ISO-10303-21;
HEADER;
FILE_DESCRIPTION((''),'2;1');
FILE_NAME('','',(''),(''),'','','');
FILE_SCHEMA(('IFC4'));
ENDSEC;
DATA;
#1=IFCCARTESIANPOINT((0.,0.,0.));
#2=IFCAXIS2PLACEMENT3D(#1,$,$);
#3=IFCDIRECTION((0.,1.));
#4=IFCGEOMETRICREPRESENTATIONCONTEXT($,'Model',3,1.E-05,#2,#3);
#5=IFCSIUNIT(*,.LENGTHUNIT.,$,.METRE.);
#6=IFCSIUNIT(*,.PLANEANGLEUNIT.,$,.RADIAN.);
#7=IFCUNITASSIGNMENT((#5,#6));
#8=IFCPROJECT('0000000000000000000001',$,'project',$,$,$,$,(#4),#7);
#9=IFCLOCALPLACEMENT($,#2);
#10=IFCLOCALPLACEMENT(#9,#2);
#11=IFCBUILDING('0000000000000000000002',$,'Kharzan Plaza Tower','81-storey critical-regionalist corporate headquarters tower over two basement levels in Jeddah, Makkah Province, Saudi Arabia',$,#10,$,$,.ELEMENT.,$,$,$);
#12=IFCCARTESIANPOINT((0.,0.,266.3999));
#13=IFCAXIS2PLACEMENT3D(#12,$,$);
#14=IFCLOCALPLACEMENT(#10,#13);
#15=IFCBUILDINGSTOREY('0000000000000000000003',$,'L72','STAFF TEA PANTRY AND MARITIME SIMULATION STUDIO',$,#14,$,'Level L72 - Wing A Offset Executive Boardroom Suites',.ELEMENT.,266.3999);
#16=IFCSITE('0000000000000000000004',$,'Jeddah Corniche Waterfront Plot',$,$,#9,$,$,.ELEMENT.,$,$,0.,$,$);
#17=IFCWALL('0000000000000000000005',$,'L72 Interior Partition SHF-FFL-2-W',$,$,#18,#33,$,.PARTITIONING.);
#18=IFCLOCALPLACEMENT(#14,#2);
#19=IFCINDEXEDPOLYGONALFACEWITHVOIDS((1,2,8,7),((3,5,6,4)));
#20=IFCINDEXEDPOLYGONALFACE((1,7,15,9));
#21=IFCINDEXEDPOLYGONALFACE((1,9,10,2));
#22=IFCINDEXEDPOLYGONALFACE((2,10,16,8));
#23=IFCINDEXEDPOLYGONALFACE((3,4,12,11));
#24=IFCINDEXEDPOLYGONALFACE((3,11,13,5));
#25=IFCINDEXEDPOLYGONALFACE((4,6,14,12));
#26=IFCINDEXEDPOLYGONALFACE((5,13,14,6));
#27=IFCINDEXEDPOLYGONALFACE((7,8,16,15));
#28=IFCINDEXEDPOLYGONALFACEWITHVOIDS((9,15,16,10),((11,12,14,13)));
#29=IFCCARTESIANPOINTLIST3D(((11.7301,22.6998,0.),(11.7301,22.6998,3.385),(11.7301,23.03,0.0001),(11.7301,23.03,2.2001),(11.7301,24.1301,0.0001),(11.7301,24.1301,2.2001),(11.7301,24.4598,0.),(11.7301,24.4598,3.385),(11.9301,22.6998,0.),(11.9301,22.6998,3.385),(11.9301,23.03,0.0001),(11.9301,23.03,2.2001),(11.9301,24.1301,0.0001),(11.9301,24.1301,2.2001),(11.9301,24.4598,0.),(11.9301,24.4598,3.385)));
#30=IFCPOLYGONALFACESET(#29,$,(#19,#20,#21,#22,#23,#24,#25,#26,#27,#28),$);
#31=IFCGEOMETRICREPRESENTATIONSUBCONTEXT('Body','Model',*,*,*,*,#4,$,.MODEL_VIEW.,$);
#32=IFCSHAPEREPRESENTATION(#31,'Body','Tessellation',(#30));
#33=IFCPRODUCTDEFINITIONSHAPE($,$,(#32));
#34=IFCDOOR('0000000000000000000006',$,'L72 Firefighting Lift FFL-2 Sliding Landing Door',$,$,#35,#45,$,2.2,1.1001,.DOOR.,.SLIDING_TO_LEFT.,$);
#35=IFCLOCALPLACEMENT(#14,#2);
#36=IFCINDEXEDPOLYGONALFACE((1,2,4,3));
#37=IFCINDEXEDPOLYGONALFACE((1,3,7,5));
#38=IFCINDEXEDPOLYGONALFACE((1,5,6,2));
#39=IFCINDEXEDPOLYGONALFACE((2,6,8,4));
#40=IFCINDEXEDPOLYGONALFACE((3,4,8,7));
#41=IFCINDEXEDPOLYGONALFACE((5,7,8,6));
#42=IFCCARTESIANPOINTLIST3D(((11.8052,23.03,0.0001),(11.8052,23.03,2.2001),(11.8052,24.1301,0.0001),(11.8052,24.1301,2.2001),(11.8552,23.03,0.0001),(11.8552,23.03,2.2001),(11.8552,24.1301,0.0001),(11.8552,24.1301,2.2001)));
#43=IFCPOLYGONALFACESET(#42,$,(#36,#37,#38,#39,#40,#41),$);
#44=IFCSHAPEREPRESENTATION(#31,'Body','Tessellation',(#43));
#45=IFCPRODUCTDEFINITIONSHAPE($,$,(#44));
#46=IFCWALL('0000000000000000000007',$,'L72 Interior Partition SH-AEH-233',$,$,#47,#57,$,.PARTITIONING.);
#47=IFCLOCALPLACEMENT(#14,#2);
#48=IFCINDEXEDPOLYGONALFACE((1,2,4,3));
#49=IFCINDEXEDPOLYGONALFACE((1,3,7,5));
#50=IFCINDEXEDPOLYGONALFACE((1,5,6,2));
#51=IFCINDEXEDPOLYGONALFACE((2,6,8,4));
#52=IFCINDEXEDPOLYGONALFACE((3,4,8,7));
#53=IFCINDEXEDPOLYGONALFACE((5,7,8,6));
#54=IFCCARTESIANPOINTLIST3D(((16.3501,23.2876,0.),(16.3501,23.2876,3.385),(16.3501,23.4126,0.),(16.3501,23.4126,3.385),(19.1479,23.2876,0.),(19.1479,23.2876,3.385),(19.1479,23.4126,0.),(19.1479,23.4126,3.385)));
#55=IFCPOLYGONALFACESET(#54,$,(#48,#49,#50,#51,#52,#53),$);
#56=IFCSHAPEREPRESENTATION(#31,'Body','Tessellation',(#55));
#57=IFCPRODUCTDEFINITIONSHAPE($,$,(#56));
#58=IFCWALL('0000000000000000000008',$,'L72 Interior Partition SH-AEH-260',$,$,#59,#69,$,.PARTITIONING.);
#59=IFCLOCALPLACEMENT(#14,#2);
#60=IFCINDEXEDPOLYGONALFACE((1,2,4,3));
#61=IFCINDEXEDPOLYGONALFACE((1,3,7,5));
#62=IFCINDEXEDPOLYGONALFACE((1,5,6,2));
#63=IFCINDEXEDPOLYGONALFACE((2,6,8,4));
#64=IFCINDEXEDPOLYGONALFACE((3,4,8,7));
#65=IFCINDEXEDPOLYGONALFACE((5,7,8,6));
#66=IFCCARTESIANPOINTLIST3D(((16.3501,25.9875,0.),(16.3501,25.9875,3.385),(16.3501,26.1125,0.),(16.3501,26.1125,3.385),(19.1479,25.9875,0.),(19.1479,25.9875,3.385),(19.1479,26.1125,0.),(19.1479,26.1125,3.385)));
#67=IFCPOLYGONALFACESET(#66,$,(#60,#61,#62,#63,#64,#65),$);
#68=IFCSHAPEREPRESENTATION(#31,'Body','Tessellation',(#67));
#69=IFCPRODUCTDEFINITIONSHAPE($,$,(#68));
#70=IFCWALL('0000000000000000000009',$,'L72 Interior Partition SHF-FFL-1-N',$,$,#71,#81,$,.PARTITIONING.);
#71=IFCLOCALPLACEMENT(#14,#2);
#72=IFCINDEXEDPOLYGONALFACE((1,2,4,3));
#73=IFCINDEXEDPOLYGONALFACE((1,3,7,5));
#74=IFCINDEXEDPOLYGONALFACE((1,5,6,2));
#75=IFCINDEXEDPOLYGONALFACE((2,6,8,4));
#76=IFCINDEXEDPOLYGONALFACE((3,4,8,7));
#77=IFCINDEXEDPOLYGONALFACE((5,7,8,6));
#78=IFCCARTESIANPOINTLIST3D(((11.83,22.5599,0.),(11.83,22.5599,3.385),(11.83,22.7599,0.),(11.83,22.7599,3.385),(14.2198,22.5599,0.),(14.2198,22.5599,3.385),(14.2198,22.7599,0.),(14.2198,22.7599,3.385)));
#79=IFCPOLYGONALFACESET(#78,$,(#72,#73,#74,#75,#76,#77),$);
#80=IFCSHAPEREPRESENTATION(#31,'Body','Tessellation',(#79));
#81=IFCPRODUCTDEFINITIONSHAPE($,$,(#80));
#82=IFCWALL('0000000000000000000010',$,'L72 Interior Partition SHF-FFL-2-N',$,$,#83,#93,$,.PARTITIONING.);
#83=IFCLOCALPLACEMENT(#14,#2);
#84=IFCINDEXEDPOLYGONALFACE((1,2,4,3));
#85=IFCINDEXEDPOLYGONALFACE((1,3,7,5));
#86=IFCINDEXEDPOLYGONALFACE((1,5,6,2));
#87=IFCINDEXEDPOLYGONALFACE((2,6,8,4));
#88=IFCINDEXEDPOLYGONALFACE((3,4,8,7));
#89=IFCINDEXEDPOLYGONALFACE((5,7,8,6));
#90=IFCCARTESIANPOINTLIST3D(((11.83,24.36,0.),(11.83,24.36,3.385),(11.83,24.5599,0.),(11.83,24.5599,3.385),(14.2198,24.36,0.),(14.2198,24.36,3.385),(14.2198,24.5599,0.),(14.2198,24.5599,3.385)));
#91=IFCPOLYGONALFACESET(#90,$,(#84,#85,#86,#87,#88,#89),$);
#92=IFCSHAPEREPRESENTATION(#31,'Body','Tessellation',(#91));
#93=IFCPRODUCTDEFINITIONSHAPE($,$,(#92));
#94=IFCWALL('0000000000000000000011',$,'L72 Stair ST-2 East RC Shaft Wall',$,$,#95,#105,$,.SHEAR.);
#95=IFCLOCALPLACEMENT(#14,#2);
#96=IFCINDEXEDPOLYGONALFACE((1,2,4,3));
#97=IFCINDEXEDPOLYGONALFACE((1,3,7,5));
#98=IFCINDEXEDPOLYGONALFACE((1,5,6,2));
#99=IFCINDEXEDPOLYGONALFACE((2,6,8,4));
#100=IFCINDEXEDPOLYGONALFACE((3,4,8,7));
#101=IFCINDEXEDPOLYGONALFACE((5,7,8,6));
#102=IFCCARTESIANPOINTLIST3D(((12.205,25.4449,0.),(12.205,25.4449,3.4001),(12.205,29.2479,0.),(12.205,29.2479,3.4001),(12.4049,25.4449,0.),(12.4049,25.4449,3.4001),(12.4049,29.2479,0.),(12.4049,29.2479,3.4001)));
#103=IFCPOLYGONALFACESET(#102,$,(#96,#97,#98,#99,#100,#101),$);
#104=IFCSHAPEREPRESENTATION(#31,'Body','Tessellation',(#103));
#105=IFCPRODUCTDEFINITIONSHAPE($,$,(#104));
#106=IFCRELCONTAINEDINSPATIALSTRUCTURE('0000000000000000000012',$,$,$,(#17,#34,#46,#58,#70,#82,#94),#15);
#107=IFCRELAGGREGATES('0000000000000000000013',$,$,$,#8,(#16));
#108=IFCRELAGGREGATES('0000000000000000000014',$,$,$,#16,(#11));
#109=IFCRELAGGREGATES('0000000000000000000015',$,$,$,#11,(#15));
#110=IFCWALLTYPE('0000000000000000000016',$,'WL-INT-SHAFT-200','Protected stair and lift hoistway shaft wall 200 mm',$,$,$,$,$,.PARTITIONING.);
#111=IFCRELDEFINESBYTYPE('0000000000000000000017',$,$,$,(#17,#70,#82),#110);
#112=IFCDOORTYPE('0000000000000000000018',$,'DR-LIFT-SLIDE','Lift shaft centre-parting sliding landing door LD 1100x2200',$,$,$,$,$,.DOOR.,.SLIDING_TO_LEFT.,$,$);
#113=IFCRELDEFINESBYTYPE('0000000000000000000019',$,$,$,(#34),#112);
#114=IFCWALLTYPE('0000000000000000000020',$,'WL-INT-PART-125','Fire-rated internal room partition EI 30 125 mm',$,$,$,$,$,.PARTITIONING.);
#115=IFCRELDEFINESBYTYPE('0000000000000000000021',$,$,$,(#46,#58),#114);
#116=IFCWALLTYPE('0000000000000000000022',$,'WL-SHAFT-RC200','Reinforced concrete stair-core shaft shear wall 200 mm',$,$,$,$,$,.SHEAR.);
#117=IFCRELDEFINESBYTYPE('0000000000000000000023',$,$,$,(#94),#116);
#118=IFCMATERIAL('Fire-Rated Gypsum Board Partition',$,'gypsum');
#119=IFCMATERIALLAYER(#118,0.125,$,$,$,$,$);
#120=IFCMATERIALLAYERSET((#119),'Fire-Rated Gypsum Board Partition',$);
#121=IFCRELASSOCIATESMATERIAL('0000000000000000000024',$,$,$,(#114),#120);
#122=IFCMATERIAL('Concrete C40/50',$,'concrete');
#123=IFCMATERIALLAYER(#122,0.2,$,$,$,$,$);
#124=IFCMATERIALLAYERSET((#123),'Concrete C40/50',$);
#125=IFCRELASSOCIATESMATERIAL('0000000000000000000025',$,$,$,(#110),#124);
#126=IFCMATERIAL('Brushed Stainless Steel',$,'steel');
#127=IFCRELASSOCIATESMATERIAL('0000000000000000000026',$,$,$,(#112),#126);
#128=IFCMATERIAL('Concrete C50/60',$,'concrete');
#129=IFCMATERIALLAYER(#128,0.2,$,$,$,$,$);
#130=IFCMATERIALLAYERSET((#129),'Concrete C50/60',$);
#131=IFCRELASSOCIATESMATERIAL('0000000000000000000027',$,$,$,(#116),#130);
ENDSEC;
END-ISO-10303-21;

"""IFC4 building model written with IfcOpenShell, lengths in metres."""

from ifc_helpers import new_model, si_unit, direction, frame, frame_2d, origin, place, context, subcontext, project, spatial, rectangle, extrude, source, transform, mapped, material, layer, layer_set, type_object, element, fill, save


model = new_model("IFC4")

# Units and contexts
model_context = context("Model", 3, precision=1e-05, world=origin(), true_north=direction((0.0, 1.0)))
body_context = subcontext(model_context, "Body", "Model", "MODEL_VIEW")
ifc_project = project(units=[si_unit("LENGTHUNIT", "METRE"), si_unit("PLANEANGLEUNIT", "RADIAN")], contexts=[model_context])

# Site, building, storey
site_placement = place(None, origin())
site = spatial("IfcSite", under=ifc_project, at=site_placement, Name="Jeddah Corniche Waterfront Plot", CompositionType="ELEMENT", RefElevation=0.0)
building_placement = place(site_placement, origin())
building = spatial("IfcBuilding", under=site, at=building_placement, Name="Kharzan Plaza Tower", Description="81-storey critical-regionalist corporate headquarters tower over two basement levels in Jeddah, Makkah Province, Saudi Arabia", CompositionType="ELEMENT")
storey_placement = place(building_placement, frame((0.0, 0.0, 266.3999)))
storey = spatial("IfcBuildingStorey", under=building, at=storey_placement, Name="L72", Description="STAFF TEA PANTRY AND MARITIME SIMULATION STUDIO", LongName="Level L72 - Wing A Offset Executive Boardroom Suites", CompositionType="ELEMENT", Elevation=266.3999)

# Shared definitions
ifc_material_1 = material(Name="Concrete C50/60", Category="concrete")

# Shared definitions
ifc_material_2 = material(Name="Concrete C40/50", Category="concrete")

# Wall, opening, door
ifc_material_3 = material(Name="Fire-Rated Gypsum Board Partition", Category="gypsum")
ifc_layer_1 = layer(ifc_material_3, 0.125)
ifc_layer_set_1 = layer_set([ifc_layer_1], Name="Fire-Rated Gypsum Board Partition")
wall_type_1 = type_object("IfcWallType", Name="WL-INT-PART-125", Description="Fire-rated internal room partition EI 30 125 mm", PredefinedType="PARTITIONING", material=ifc_layer_set_1)
ifc_layer_2 = layer(ifc_material_2, 0.2)
ifc_layer_set_2 = layer_set([ifc_layer_2], Name="Concrete C40/50")
wall_type_2 = type_object("IfcWallType", Name="WL-INT-SHAFT-200", Description="Protected stair and lift hoistway shaft wall 200 mm", PredefinedType="PARTITIONING", material=ifc_layer_set_2)
wall_1_placement = place(storey_placement, frame((11.8301, 22.7, 0.0), z_axis=(0.0, 0.0, 1.0), x_axis=(0.0, 1.0, 0.0)))
wall_1 = element("IfcWall", 1, at=wall_1_placement, inside=storey, type_object=wall_type_2, Name="L72 Interior Partition SHF-FFL-2-W", PredefinedType="PARTITIONING", context=body_context, shape_type="SweptSolid", body=[
    extrude(rectangle(XDim=1.76, YDim=0.2, at=frame_2d((0.8799, 0.0))), origin(), (0.0, 0.0, 1.0), 3.385),
])
opening_1_placement = place(wall_1_placement, frame((0.3301, 0.0, 0.0)))
opening_1 = element("IfcOpeningElement", 2, at=opening_1_placement, cuts=wall_1, PredefinedType="OPENING", context=body_context, shape_type="SweptSolid", body=[
    extrude(rectangle(XDim=1.1001, YDim=2.2, at=frame_2d((0.55, 1.1001))), frame((0.0, 0.1099, 0.0), z_axis=(0.0, -1.0, 0.0), x_axis=(1.0, 0.0, 0.0)), (0.0, 0.0, 1.0), 0.22),
])
ifc_material_4 = material(Name="Brushed Stainless Steel", Category="steel")
door_type_1 = type_object("IfcDoorType", Name="DR-LIFT-SLIDE", Description="Lift shaft centre-parting sliding landing door LD 1100x2200", OperationType="SLIDING_TO_LEFT", PredefinedType="DOOR", material=ifc_material_4)
shared_shape_1 = source(origin(), body_context, "Body", "SweptSolid", [
    extrude(rectangle(XDim=1.1001, YDim=2.2, at=frame_2d((0.55, 1.1001))), frame((0.0, 0.0249, 0.0), z_axis=(0.0, -1.0, 0.0), x_axis=(1.0, 0.0, 0.0)), (0.0, 0.0, 1.0), 0.05),
])
door_1_placement = place(opening_1_placement, origin())
door_1 = element("IfcDoor", 3, at=door_1_placement, inside=storey, type_object=door_type_1, Name="L72 Firefighting Lift FFL-2 Sliding Landing Door", OperationType="SLIDING_TO_LEFT", OverallHeight=2.2, OverallWidth=1.1001, PredefinedType="DOOR", context=body_context, shape_type="MappedRepresentation", body=[
    mapped(shared_shape_1, transform((0.0, 0.0, 0.0), x_axis=(1.0, 0.0, 0.0), y_axis=(0.0, 1.0, 0.0), z_axis=(0.0, 0.0, 1.0))),
])
fill(opening_1, door_1)

# Walls
shared_shape_2 = source(origin(), body_context, "Body", "SweptSolid", [
    extrude(rectangle(XDim=2.7979, YDim=0.125, at=frame_2d((1.3989, 0.0))), origin(), (0.0, 0.0, 1.0), 3.385),
])
for number, where, z_axis, x_axis, name in (
    (4, (16.3501, 23.3501, 0.0), (0.0, 0.0, 1.0), (1.0, 0.0, 0.0), "L72 Interior Partition SH-AEH-233"),
    (5, (16.3501, 26.05, 0.0), (0.0, 0.0, 1.0), (1.0, 0.0, 0.0), "L72 Interior Partition SH-AEH-260"),
):
    element("IfcWall", number, at=place(storey_placement, frame(where, z_axis=z_axis, x_axis=x_axis)), inside=storey, type_object=wall_type_1, Name=name, PredefinedType="PARTITIONING", context=body_context, shape_type="MappedRepresentation", body=[
        mapped(shared_shape_2, transform((0.0, 0.0, 0.0), x_axis=(1.0, 0.0, 0.0), y_axis=(0.0, 1.0, 0.0), z_axis=(0.0, 0.0, 1.0))),
    ])
shared_shape_3 = source(origin(), body_context, "Body", "SweptSolid", [
    extrude(rectangle(XDim=2.3899, YDim=0.2, at=frame_2d((1.1948, 0.0))), origin(), (0.0, 0.0, 1.0), 3.385),
])
for number, where, z_axis, x_axis, name in (
    (6, (11.8301, 22.6599, 0.0), (0.0, 0.0, 1.0), (1.0, 0.0, 0.0), "L72 Interior Partition SHF-FFL-1-N"),
    (7, (11.8301, 24.46, 0.0), (0.0, 0.0, 1.0), (1.0, 0.0, 0.0), "L72 Interior Partition SHF-FFL-2-N"),
):
    element("IfcWall", number, at=place(storey_placement, frame(where, z_axis=z_axis, x_axis=x_axis)), inside=storey, type_object=wall_type_2, Name=name, PredefinedType="PARTITIONING", context=body_context, shape_type="MappedRepresentation", body=[
        mapped(shared_shape_3, transform((0.0, 0.0, 0.0), x_axis=(1.0, 0.0, 0.0), y_axis=(0.0, 1.0, 0.0), z_axis=(0.0, 0.0, 1.0))),
    ])
ifc_layer_3 = layer(ifc_material_1, 0.2)
ifc_layer_set_3 = layer_set([ifc_layer_3], Name="Concrete C50/60")
wall_type_3 = type_object("IfcWallType", Name="WL-SHAFT-RC200", Description="Reinforced concrete stair-core shaft shear wall 200 mm", PredefinedType="SHEAR", material=ifc_layer_set_3)
shared_shape_4 = source(origin(), body_context, "Body", "SweptSolid", [
    extrude(rectangle(XDim=3.803, YDim=0.2, at=frame_2d((1.9014, 0.0))), origin(), (0.0, 0.0, 1.0), 3.4001),
])
wall_2_placement = place(storey_placement, frame((12.3049, 25.4451, 0.0), z_axis=(0.0, 0.0, 1.0), x_axis=(0.0, 1.0, 0.0)))
element("IfcWall", 8, at=wall_2_placement, inside=storey, type_object=wall_type_3, Name="L72 Stair ST-2 East RC Shaft Wall", PredefinedType="SHEAR", context=body_context, shape_type="MappedRepresentation", body=[
    mapped(shared_shape_4, transform((0.0, 0.0, 0.0), x_axis=(1.0, 0.0, 0.0), y_axis=(0.0, 1.0, 0.0), z_axis=(0.0, 0.0, 1.0))),
])

save(model, "model.ifc")
